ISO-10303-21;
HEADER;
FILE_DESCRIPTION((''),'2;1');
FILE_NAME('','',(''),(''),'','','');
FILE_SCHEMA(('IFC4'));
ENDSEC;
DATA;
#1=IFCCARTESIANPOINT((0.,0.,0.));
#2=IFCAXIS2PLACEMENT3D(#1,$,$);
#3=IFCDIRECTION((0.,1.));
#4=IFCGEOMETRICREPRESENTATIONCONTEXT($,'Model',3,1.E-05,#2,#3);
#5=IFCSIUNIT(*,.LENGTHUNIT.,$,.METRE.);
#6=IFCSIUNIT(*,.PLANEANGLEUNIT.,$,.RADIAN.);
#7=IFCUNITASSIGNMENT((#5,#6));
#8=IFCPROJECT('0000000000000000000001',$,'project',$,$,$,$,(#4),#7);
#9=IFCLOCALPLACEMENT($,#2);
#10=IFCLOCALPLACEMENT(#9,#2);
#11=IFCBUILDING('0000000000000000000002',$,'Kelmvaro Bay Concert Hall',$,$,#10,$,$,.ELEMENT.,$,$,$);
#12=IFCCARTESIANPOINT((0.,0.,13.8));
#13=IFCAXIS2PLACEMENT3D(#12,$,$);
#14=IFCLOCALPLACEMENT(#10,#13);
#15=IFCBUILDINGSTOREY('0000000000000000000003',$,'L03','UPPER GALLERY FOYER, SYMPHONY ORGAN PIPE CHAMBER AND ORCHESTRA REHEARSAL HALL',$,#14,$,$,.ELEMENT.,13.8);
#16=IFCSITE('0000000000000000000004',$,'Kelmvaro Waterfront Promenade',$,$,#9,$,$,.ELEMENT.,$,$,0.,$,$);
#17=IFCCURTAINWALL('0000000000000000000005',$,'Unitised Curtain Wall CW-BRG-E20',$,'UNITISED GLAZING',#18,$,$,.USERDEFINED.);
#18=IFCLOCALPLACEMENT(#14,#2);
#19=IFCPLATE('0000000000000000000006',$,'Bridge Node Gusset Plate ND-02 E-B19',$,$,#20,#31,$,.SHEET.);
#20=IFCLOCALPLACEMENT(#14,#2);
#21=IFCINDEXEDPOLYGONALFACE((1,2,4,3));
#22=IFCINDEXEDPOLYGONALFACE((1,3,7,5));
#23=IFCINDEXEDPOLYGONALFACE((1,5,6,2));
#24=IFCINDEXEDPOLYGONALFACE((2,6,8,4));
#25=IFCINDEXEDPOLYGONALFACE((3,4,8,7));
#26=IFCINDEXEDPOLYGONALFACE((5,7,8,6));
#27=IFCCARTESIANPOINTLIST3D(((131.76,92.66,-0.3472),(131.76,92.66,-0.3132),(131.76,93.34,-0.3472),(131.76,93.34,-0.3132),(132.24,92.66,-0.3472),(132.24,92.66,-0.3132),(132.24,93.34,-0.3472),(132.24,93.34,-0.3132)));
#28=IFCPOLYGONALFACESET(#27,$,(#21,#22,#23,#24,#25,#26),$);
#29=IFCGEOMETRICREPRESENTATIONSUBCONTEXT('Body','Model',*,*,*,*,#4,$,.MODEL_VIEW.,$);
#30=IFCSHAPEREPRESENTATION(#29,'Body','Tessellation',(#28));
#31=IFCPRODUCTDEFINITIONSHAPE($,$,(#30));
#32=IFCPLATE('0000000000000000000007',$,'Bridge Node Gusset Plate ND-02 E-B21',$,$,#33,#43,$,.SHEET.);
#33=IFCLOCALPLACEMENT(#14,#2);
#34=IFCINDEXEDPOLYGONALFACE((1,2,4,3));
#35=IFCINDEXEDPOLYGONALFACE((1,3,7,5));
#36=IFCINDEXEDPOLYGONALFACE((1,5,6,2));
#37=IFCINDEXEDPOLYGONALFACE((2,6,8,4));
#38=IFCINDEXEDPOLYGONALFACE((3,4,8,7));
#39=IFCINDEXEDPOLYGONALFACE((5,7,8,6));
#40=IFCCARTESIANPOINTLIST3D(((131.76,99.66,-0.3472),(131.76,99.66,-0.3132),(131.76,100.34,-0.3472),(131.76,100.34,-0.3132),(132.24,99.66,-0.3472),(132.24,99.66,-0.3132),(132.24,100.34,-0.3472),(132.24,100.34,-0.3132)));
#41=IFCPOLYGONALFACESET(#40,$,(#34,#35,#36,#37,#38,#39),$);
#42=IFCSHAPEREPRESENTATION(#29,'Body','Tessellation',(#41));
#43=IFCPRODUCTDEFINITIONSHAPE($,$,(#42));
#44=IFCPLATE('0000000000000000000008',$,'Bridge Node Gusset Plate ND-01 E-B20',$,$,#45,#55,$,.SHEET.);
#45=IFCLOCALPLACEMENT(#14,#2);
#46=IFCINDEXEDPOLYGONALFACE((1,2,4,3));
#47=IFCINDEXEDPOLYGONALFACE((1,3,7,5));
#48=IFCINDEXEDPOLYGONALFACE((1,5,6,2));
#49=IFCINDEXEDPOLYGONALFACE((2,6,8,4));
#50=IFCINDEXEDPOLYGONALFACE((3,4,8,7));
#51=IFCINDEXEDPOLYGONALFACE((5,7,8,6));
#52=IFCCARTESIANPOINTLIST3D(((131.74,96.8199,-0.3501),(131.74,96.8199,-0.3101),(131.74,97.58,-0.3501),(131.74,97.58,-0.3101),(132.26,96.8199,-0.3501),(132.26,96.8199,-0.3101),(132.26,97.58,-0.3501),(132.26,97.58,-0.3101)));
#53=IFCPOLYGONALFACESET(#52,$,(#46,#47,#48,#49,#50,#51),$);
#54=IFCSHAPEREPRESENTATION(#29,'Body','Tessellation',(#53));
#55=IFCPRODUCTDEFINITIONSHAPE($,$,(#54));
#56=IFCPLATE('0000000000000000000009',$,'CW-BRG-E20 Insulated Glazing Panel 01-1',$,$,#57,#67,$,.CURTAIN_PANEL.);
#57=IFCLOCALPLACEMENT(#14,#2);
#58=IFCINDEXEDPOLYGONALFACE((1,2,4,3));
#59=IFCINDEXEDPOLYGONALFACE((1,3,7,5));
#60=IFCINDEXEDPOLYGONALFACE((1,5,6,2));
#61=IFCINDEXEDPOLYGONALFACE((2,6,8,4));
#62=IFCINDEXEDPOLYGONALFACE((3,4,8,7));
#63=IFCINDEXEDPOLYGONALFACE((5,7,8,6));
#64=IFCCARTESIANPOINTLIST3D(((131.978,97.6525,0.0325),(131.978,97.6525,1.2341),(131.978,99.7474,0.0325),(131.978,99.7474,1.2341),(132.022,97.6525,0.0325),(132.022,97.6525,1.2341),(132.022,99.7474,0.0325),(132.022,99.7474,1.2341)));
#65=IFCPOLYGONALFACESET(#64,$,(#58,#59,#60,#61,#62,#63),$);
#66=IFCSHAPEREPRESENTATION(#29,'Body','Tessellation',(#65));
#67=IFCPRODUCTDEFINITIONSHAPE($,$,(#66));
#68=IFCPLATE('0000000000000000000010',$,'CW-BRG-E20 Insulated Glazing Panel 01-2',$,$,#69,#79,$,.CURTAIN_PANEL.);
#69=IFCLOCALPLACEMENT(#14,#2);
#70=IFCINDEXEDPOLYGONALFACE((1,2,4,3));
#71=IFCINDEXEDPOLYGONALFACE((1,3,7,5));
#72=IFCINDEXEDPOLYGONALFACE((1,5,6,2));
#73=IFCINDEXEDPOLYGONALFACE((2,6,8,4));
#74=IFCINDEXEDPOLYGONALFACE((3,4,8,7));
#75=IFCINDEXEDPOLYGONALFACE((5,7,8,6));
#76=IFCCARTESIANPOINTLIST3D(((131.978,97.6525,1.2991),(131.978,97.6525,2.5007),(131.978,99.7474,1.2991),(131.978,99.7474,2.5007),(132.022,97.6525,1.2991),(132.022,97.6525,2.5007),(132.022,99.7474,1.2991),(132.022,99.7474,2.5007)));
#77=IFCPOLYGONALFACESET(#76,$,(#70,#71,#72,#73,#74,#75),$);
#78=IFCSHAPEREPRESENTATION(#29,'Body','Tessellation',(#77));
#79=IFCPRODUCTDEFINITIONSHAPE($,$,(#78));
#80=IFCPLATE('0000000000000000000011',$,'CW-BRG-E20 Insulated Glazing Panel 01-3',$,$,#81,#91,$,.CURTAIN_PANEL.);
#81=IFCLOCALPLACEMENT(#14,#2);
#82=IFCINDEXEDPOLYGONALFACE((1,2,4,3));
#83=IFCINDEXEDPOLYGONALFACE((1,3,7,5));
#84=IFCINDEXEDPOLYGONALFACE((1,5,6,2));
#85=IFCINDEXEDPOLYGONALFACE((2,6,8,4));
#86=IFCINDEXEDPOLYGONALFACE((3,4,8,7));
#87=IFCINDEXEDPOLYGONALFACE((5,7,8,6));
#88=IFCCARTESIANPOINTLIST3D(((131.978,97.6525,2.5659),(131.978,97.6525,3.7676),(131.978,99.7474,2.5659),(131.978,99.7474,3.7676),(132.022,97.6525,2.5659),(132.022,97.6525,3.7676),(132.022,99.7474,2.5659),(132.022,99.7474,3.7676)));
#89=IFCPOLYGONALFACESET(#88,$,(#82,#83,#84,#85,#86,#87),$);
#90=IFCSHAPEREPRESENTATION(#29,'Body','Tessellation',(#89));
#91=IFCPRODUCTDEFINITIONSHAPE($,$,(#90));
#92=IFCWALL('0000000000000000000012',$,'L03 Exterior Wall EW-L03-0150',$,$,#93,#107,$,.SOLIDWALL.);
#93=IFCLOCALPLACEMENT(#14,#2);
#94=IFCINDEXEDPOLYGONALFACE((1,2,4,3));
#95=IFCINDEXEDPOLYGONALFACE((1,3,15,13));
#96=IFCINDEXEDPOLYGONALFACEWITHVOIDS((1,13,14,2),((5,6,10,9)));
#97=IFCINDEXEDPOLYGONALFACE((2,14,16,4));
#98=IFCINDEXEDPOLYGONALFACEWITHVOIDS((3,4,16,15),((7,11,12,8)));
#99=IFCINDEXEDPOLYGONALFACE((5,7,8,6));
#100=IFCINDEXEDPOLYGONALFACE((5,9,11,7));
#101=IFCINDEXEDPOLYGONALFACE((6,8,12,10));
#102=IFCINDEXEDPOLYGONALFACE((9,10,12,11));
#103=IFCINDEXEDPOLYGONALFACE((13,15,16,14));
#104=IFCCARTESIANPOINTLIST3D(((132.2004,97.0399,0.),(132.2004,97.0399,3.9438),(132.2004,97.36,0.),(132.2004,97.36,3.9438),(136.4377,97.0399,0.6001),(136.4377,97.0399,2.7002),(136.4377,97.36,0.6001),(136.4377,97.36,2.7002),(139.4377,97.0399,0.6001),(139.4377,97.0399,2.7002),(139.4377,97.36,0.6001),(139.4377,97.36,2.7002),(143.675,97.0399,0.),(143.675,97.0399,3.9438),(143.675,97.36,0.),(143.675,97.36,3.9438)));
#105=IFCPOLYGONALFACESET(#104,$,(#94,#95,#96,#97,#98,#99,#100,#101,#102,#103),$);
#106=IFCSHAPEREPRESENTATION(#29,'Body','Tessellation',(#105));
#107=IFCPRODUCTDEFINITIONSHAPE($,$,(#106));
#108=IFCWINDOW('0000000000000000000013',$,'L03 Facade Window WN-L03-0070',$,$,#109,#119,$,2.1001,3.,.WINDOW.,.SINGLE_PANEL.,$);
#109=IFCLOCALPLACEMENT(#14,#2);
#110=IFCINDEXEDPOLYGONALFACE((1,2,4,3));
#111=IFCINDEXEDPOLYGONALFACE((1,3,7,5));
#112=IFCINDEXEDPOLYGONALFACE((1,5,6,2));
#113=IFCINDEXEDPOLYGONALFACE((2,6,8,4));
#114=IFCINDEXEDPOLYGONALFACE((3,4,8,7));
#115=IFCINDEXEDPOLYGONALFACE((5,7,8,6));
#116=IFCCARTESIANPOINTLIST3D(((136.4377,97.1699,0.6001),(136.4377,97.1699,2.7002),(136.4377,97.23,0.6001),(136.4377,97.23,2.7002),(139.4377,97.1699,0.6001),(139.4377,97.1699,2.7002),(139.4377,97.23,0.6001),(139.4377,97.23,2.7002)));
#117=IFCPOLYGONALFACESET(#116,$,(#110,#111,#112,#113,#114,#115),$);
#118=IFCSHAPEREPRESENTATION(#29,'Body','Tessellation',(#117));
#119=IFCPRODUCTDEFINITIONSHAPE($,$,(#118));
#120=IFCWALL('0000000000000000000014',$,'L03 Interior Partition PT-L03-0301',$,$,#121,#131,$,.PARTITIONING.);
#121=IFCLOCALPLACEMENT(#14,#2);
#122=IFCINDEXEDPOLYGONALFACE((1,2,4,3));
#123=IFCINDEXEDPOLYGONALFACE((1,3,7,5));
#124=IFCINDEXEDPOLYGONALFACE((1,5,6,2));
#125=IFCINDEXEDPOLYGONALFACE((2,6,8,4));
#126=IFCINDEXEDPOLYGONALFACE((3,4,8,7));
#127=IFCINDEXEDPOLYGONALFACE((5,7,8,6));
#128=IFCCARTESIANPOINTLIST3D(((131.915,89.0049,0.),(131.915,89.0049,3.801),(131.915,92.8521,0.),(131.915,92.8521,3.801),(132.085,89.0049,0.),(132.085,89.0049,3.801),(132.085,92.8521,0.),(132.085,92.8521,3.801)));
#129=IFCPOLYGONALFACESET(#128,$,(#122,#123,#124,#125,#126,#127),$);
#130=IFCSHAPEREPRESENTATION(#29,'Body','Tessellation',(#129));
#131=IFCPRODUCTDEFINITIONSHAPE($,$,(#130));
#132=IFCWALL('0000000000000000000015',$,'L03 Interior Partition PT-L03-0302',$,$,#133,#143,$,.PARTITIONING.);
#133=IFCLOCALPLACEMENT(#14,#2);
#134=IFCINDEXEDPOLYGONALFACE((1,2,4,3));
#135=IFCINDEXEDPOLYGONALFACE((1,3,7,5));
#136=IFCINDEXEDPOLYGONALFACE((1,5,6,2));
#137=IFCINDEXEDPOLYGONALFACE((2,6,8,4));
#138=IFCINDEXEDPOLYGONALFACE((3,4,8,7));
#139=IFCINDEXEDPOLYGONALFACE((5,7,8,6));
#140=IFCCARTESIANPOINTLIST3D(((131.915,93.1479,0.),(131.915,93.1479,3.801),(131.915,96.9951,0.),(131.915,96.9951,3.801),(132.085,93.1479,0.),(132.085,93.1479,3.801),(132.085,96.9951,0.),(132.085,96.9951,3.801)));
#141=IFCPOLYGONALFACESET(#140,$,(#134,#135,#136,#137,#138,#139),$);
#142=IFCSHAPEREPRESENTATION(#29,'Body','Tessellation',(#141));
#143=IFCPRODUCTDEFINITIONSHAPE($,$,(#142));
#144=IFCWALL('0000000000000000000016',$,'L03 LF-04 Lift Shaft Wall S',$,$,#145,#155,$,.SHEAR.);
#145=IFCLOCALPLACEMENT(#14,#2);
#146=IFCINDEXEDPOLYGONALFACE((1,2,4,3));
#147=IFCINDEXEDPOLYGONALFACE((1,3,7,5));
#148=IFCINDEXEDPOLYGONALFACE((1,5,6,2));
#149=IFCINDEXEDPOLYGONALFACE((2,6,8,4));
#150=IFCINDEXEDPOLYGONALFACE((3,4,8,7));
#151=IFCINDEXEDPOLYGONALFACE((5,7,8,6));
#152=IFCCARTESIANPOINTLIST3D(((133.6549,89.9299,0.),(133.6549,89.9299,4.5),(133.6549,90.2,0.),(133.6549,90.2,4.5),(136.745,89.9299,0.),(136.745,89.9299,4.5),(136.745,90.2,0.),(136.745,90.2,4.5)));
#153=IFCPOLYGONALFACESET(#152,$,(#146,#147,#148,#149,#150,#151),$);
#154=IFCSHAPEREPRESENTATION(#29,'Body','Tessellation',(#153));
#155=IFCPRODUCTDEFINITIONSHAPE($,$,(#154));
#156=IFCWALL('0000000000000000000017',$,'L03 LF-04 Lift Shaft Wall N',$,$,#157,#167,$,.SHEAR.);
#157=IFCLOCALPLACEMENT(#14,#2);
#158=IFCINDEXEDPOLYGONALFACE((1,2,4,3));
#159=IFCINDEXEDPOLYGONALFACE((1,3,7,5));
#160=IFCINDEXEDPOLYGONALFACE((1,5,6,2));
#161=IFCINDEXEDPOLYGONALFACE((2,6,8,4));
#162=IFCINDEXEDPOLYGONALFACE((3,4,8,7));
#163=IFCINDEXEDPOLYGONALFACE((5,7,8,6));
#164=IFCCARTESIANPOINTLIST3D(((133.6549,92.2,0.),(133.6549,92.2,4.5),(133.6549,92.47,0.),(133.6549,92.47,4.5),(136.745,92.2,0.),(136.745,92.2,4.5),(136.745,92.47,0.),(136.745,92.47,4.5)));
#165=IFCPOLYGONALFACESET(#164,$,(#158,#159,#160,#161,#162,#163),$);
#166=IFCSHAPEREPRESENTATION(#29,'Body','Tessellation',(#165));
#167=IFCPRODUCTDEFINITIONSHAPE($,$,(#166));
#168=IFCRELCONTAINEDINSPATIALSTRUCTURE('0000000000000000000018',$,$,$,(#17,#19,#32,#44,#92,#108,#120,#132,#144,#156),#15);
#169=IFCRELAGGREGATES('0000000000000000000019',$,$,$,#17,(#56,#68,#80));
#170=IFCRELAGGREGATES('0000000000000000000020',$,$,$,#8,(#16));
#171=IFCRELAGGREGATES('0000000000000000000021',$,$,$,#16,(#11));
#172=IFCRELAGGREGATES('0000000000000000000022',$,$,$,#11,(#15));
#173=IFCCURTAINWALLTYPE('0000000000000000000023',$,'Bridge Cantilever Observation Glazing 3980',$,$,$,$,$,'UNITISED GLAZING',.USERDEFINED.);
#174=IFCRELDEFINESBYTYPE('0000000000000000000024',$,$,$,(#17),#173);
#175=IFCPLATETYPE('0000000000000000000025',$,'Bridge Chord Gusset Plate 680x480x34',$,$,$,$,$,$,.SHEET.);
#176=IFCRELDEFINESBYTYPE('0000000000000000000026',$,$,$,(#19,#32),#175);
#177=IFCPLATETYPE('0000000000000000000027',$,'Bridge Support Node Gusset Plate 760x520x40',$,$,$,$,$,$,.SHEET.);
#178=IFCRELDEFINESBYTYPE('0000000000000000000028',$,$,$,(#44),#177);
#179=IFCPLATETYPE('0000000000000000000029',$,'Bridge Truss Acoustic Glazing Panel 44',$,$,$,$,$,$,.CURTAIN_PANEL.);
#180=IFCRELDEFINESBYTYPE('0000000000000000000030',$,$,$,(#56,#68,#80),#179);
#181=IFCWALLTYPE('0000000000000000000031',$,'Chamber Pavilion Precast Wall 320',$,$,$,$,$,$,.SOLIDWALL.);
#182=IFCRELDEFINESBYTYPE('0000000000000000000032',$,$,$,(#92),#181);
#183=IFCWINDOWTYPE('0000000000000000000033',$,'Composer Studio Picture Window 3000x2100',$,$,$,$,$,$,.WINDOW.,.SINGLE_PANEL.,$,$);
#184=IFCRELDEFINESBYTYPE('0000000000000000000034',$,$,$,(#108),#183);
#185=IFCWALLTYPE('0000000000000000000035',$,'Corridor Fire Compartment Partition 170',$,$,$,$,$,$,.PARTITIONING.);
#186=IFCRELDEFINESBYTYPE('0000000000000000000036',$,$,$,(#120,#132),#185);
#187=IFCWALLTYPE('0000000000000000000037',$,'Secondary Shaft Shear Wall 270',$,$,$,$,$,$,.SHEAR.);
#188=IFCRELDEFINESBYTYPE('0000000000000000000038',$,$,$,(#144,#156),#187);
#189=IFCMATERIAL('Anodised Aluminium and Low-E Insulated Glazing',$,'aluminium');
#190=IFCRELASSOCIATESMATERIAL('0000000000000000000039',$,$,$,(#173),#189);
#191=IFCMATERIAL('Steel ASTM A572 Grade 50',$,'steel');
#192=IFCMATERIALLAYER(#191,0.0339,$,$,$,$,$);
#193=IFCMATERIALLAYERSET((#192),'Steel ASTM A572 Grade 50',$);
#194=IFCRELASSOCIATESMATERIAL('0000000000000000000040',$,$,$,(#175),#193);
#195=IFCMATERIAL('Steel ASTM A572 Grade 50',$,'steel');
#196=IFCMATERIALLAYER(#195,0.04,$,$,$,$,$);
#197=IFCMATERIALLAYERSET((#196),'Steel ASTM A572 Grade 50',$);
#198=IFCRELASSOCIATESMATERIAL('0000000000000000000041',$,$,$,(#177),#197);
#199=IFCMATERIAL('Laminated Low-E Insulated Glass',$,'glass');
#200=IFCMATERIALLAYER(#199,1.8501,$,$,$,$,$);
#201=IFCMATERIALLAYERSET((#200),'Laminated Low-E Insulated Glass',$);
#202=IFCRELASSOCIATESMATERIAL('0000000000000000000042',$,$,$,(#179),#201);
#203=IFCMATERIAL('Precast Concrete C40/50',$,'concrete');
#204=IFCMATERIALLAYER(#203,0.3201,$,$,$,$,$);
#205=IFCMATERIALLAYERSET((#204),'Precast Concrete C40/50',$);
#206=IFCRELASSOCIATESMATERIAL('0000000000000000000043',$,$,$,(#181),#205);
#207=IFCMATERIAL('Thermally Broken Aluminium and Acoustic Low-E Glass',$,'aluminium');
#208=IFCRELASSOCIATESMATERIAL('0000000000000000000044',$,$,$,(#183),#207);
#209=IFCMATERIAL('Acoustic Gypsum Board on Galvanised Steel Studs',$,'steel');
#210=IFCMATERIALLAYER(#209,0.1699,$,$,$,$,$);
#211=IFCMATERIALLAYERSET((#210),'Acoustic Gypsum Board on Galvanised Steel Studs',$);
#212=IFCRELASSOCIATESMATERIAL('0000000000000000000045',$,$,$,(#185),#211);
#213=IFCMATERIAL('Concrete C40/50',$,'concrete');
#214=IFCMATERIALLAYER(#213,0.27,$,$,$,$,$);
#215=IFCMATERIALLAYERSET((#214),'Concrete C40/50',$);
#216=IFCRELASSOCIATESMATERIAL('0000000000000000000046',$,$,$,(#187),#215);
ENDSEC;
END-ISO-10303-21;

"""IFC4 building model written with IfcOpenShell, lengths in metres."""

from ifc_helpers import new_model, si_unit, direction, frame, frame_2d, origin, origin_2d, place, context, subcontext, project, spatial, rectangle, extrude, material, layer, layer_set, type_object, element, fill, aggregate, save


model = new_model("IFC4")

# Units and contexts
model_context = context("Model", 3, precision=1e-05, world=origin(), true_north=direction((0.0, 1.0)))
body_context = subcontext(model_context, "Body", "Model", "MODEL_VIEW")
ifc_project = project(units=[si_unit("LENGTHUNIT", "METRE"), si_unit("PLANEANGLEUNIT", "RADIAN")], contexts=[model_context])

# Site, building, storey
site_placement = place(None, origin())
site = spatial("IfcSite", under=ifc_project, at=site_placement, Name="Kelmvaro Waterfront Promenade", CompositionType="ELEMENT", RefElevation=0.0)
building_placement = place(site_placement, origin())
building = spatial("IfcBuilding", under=site, at=building_placement, Name="Kelmvaro Bay Concert Hall", CompositionType="ELEMENT")
storey_placement = place(building_placement, frame((0.0, 0.0, 13.8)))
storey = spatial("IfcBuildingStorey", under=building, at=storey_placement, Name="L03", Description="UPPER GALLERY FOYER, SYMPHONY ORGAN PIPE CHAMBER AND ORCHESTRA REHEARSAL HALL", CompositionType="ELEMENT", Elevation=13.8)

# Curtain wall
ifc_material_1 = material(Name="Anodised Aluminium and Low-E Insulated Glazing", Category="aluminium")
curtain_wall_type = type_object("IfcCurtainWallType", Name="Bridge Cantilever Observation Glazing 3980", ElementType="UNITISED GLAZING", PredefinedType="USERDEFINED", material=ifc_material_1)
curtain_wall_placement = place(storey_placement, origin())
curtain_wall = element("IfcCurtainWall", 1, at=curtain_wall_placement, inside=storey, type_object=curtain_wall_type, Name="Unitised Curtain Wall CW-BRG-E20", ObjectType="UNITISED GLAZING", PredefinedType="USERDEFINED")

# Plates
ifc_material_2 = material(Name="Steel ASTM A572 Grade 50", Category="steel")
ifc_layer_1 = layer(ifc_material_2, 0.0339)
ifc_layer_set_1 = layer_set([ifc_layer_1], Name="Steel ASTM A572 Grade 50")
plate_type_1 = type_object("IfcPlateType", Name="Bridge Chord Gusset Plate 680x480x34", PredefinedType="SHEET", material=ifc_layer_set_1)
for number, where, z_axis, x_axis, name in (
    (2, (132.0, 93.0, -0.3472), (0.0, 0.0, 1.0), (0.0, 1.0, 0.0), "Bridge Node Gusset Plate ND-02 E-B19"),
    (3, (132.0, 100.0, -0.3472), (0.0, 0.0, 1.0), (0.0, 1.0, 0.0), "Bridge Node Gusset Plate ND-02 E-B21"),
):
    element("IfcPlate", number, at=place(storey_placement, frame(where, z_axis=z_axis, x_axis=x_axis)), inside=storey, type_object=plate_type_1, Name=name, PredefinedType="SHEET", context=body_context, shape_type="SweptSolid", body=[
        extrude(rectangle(XDim=0.6799, YDim=0.48, at=origin_2d()), origin(), (0.0, 0.0, 1.0), 0.0339),
    ])
ifc_material_3 = material(Name="Steel ASTM A572 Grade 50", Category="steel")
ifc_layer_2 = layer(ifc_material_3, 0.04)
ifc_layer_set_2 = layer_set([ifc_layer_2], Name="Steel ASTM A572 Grade 50")
plate_type_2 = type_object("IfcPlateType", Name="Bridge Support Node Gusset Plate 760x520x40", PredefinedType="SHEET", material=ifc_layer_set_2)
plate_1_placement = place(storey_placement, frame((132.0, 97.2, -0.3501), z_axis=(0.0, 0.0, 1.0), x_axis=(0.0, 1.0, 0.0)))
element("IfcPlate", 4, at=plate_1_placement, inside=storey, type_object=plate_type_2, Name="Bridge Node Gusset Plate ND-01 E-B20", PredefinedType="SHEET", context=body_context, shape_type="SweptSolid", body=[
    extrude(rectangle(XDim=0.76, YDim=0.52, at=origin_2d()), origin(), (0.0, 0.0, 1.0), 0.04),
])

# Plates
ifc_material_4 = material(Name="Laminated Low-E Insulated Glass", Category="glass")
ifc_layer_3 = layer(ifc_material_4, 1.8501)
ifc_layer_set_3 = layer_set([ifc_layer_3], Name="Laminated Low-E Insulated Glass")
plate_type_3 = type_object("IfcPlateType", Name="Bridge Truss Acoustic Glazing Panel 44", PredefinedType="CURTAIN_PANEL", material=ifc_layer_set_3)
plate_2_placement = place(storey_placement, frame((132.0, 98.7, 0.0325), z_axis=(0.0, 0.0, 1.0), x_axis=(0.0, -1.0, 0.0)))
plate_2 = element("IfcPlate", 5, at=plate_2_placement, type_object=plate_type_3, Name="CW-BRG-E20 Insulated Glazing Panel 01-1", PredefinedType="CURTAIN_PANEL", context=body_context, shape_type="SweptSolid", body=[
    extrude(rectangle(XDim=2.095, YDim=0.0439, at=origin_2d()), origin(), (0.0, 0.0, 1.0), 1.2017),
])
plate_3_placement = place(storey_placement, frame((132.0, 98.7, 1.2991), z_axis=(0.0, 0.0, 1.0), x_axis=(0.0, -1.0, 0.0)))
plate_3 = element("IfcPlate", 6, at=plate_3_placement, type_object=plate_type_3, Name="CW-BRG-E20 Insulated Glazing Panel 01-2", PredefinedType="CURTAIN_PANEL", context=body_context, shape_type="SweptSolid", body=[
    extrude(rectangle(XDim=2.095, YDim=0.0439, at=origin_2d()), origin(), (0.0, 0.0, 1.0), 1.2017),
])
plate_4_placement = place(storey_placement, frame((132.0, 98.7, 2.5659), z_axis=(0.0, 0.0, 1.0), x_axis=(0.0, -1.0, 0.0)))
plate_4 = element("IfcPlate", 7, at=plate_4_placement, type_object=plate_type_3, Name="CW-BRG-E20 Insulated Glazing Panel 01-3", PredefinedType="CURTAIN_PANEL", context=body_context, shape_type="SweptSolid", body=[
    extrude(rectangle(XDim=2.095, YDim=0.0439, at=origin_2d()), origin(), (0.0, 0.0, 1.0), 1.2017),
])
aggregate(curtain_wall, [plate_2, plate_3, plate_4])

# Wall, opening, window
ifc_material_5 = material(Name="Precast Concrete C40/50", Category="concrete")
ifc_layer_4 = layer(ifc_material_5, 0.3201)
ifc_layer_set_4 = layer_set([ifc_layer_4], Name="Precast Concrete C40/50")
wall_type_1 = type_object("IfcWallType", Name="Chamber Pavilion Precast Wall 320", PredefinedType="SOLIDWALL", material=ifc_layer_set_4)
wall_placement = place(storey_placement, frame((132.2004, 97.2, 0.0), z_axis=(0.0, 0.0, 1.0), x_axis=(1.0, 0.0, 0.0)))
wall = element("IfcWall", 8, at=wall_placement, inside=storey, type_object=wall_type_1, Name="L03 Exterior Wall EW-L03-0150", PredefinedType="SOLIDWALL", context=body_context, shape_type="SweptSolid", body=[
    extrude(rectangle(XDim=11.4746, YDim=0.3201, at=frame_2d((5.7373, 0.0))), origin(), (0.0, 0.0, 1.0), 3.9438),
])
opening_placement = place(wall_placement, frame((4.2373, 0.0, 0.6001)))
opening = element("IfcOpeningElement", 9, at=opening_placement, cuts=wall, PredefinedType="OPENING", context=body_context, shape_type="SweptSolid", body=[
    extrude(rectangle(XDim=3.0, YDim=2.1001, at=frame_2d((1.5, 1.05))), frame((0.0, 0.1699, 0.0), z_axis=(0.0, -1.0, 0.0), x_axis=(1.0, 0.0, 0.0)), (0.0, 0.0, 1.0), 0.3401),
])
ifc_material_6 = material(Name="Thermally Broken Aluminium and Acoustic Low-E Glass", Category="aluminium")
window_type = type_object("IfcWindowType", Name="Composer Studio Picture Window 3000x2100", PartitioningType="SINGLE_PANEL", PredefinedType="WINDOW", material=ifc_material_6)
window_placement = place(opening_placement, origin())
window = element("IfcWindow", 10, at=window_placement, inside=storey, type_object=window_type, Name="L03 Facade Window WN-L03-0070", OverallHeight=2.1001, OverallWidth=3.0, PartitioningType="SINGLE_PANEL", PredefinedType="WINDOW", context=body_context, shape_type="SweptSolid", body=[
    extrude(rectangle(XDim=3.0, YDim=2.1001, at=frame_2d((1.5, 1.05))), frame((0.0, 0.03, 0.0), z_axis=(0.0, -1.0, 0.0), x_axis=(1.0, 0.0, 0.0)), (0.0, 0.0, 1.0), 0.0601),
])
fill(opening, window)

# Walls
ifc_material_7 = material(Name="Acoustic Gypsum Board on Galvanised Steel Studs", Category="steel")
ifc_layer_5 = layer(ifc_material_7, 0.1699)
ifc_layer_set_5 = layer_set([ifc_layer_5], Name="Acoustic Gypsum Board on Galvanised Steel Studs")
wall_type_2 = type_object("IfcWallType", Name="Corridor Fire Compartment Partition 170", PredefinedType="PARTITIONING", material=ifc_layer_set_5)
for number, where, z_axis, x_axis, name in (
    (11, (132.0, 89.0049, 0.0), (0.0, 0.0, 1.0), (0.0, 1.0, 0.0), "L03 Interior Partition PT-L03-0301"),
    (12, (132.0, 93.1479, 0.0), (0.0, 0.0, 1.0), (0.0, 1.0, 0.0), "L03 Interior Partition PT-L03-0302"),
):
    element("IfcWall", number, at=place(storey_placement, frame(where, z_axis=z_axis, x_axis=x_axis)), inside=storey, type_object=wall_type_2, Name=name, PredefinedType="PARTITIONING", context=body_context, shape_type="SweptSolid", body=[
        extrude(rectangle(XDim=3.8472, YDim=0.1699, at=frame_2d((1.9236, 0.0))), origin(), (0.0, 0.0, 1.0), 3.801),
    ])
ifc_material_8 = material(Name="Concrete C40/50", Category="concrete")
ifc_layer_6 = layer(ifc_material_8, 0.27)
ifc_layer_set_6 = layer_set([ifc_layer_6], Name="Concrete C40/50")
wall_type_3 = type_object("IfcWallType", Name="Secondary Shaft Shear Wall 270", PredefinedType="SHEAR", material=ifc_layer_set_6)
for number, where, z_axis, x_axis, name in (
    (13, (133.655, 90.0649, 0.0), (0.0, 0.0, 1.0), (1.0, 0.0, 0.0), "L03 LF-04 Lift Shaft Wall S"),
    (14, (133.655, 92.335, 0.0), (0.0, 0.0, 1.0), (1.0, 0.0, 0.0), "L03 LF-04 Lift Shaft Wall N"),
):
    element("IfcWall", number, at=place(storey_placement, frame(where, z_axis=z_axis, x_axis=x_axis)), inside=storey, type_object=wall_type_3, Name=name, PredefinedType="SHEAR", context=body_context, shape_type="SweptSolid", body=[
        extrude(rectangle(XDim=3.0901, YDim=0.27, at=frame_2d((1.5449, 0.0))), origin(), (0.0, 0.0, 1.0), 4.5),
    ])

save(model, "model.ifc")
